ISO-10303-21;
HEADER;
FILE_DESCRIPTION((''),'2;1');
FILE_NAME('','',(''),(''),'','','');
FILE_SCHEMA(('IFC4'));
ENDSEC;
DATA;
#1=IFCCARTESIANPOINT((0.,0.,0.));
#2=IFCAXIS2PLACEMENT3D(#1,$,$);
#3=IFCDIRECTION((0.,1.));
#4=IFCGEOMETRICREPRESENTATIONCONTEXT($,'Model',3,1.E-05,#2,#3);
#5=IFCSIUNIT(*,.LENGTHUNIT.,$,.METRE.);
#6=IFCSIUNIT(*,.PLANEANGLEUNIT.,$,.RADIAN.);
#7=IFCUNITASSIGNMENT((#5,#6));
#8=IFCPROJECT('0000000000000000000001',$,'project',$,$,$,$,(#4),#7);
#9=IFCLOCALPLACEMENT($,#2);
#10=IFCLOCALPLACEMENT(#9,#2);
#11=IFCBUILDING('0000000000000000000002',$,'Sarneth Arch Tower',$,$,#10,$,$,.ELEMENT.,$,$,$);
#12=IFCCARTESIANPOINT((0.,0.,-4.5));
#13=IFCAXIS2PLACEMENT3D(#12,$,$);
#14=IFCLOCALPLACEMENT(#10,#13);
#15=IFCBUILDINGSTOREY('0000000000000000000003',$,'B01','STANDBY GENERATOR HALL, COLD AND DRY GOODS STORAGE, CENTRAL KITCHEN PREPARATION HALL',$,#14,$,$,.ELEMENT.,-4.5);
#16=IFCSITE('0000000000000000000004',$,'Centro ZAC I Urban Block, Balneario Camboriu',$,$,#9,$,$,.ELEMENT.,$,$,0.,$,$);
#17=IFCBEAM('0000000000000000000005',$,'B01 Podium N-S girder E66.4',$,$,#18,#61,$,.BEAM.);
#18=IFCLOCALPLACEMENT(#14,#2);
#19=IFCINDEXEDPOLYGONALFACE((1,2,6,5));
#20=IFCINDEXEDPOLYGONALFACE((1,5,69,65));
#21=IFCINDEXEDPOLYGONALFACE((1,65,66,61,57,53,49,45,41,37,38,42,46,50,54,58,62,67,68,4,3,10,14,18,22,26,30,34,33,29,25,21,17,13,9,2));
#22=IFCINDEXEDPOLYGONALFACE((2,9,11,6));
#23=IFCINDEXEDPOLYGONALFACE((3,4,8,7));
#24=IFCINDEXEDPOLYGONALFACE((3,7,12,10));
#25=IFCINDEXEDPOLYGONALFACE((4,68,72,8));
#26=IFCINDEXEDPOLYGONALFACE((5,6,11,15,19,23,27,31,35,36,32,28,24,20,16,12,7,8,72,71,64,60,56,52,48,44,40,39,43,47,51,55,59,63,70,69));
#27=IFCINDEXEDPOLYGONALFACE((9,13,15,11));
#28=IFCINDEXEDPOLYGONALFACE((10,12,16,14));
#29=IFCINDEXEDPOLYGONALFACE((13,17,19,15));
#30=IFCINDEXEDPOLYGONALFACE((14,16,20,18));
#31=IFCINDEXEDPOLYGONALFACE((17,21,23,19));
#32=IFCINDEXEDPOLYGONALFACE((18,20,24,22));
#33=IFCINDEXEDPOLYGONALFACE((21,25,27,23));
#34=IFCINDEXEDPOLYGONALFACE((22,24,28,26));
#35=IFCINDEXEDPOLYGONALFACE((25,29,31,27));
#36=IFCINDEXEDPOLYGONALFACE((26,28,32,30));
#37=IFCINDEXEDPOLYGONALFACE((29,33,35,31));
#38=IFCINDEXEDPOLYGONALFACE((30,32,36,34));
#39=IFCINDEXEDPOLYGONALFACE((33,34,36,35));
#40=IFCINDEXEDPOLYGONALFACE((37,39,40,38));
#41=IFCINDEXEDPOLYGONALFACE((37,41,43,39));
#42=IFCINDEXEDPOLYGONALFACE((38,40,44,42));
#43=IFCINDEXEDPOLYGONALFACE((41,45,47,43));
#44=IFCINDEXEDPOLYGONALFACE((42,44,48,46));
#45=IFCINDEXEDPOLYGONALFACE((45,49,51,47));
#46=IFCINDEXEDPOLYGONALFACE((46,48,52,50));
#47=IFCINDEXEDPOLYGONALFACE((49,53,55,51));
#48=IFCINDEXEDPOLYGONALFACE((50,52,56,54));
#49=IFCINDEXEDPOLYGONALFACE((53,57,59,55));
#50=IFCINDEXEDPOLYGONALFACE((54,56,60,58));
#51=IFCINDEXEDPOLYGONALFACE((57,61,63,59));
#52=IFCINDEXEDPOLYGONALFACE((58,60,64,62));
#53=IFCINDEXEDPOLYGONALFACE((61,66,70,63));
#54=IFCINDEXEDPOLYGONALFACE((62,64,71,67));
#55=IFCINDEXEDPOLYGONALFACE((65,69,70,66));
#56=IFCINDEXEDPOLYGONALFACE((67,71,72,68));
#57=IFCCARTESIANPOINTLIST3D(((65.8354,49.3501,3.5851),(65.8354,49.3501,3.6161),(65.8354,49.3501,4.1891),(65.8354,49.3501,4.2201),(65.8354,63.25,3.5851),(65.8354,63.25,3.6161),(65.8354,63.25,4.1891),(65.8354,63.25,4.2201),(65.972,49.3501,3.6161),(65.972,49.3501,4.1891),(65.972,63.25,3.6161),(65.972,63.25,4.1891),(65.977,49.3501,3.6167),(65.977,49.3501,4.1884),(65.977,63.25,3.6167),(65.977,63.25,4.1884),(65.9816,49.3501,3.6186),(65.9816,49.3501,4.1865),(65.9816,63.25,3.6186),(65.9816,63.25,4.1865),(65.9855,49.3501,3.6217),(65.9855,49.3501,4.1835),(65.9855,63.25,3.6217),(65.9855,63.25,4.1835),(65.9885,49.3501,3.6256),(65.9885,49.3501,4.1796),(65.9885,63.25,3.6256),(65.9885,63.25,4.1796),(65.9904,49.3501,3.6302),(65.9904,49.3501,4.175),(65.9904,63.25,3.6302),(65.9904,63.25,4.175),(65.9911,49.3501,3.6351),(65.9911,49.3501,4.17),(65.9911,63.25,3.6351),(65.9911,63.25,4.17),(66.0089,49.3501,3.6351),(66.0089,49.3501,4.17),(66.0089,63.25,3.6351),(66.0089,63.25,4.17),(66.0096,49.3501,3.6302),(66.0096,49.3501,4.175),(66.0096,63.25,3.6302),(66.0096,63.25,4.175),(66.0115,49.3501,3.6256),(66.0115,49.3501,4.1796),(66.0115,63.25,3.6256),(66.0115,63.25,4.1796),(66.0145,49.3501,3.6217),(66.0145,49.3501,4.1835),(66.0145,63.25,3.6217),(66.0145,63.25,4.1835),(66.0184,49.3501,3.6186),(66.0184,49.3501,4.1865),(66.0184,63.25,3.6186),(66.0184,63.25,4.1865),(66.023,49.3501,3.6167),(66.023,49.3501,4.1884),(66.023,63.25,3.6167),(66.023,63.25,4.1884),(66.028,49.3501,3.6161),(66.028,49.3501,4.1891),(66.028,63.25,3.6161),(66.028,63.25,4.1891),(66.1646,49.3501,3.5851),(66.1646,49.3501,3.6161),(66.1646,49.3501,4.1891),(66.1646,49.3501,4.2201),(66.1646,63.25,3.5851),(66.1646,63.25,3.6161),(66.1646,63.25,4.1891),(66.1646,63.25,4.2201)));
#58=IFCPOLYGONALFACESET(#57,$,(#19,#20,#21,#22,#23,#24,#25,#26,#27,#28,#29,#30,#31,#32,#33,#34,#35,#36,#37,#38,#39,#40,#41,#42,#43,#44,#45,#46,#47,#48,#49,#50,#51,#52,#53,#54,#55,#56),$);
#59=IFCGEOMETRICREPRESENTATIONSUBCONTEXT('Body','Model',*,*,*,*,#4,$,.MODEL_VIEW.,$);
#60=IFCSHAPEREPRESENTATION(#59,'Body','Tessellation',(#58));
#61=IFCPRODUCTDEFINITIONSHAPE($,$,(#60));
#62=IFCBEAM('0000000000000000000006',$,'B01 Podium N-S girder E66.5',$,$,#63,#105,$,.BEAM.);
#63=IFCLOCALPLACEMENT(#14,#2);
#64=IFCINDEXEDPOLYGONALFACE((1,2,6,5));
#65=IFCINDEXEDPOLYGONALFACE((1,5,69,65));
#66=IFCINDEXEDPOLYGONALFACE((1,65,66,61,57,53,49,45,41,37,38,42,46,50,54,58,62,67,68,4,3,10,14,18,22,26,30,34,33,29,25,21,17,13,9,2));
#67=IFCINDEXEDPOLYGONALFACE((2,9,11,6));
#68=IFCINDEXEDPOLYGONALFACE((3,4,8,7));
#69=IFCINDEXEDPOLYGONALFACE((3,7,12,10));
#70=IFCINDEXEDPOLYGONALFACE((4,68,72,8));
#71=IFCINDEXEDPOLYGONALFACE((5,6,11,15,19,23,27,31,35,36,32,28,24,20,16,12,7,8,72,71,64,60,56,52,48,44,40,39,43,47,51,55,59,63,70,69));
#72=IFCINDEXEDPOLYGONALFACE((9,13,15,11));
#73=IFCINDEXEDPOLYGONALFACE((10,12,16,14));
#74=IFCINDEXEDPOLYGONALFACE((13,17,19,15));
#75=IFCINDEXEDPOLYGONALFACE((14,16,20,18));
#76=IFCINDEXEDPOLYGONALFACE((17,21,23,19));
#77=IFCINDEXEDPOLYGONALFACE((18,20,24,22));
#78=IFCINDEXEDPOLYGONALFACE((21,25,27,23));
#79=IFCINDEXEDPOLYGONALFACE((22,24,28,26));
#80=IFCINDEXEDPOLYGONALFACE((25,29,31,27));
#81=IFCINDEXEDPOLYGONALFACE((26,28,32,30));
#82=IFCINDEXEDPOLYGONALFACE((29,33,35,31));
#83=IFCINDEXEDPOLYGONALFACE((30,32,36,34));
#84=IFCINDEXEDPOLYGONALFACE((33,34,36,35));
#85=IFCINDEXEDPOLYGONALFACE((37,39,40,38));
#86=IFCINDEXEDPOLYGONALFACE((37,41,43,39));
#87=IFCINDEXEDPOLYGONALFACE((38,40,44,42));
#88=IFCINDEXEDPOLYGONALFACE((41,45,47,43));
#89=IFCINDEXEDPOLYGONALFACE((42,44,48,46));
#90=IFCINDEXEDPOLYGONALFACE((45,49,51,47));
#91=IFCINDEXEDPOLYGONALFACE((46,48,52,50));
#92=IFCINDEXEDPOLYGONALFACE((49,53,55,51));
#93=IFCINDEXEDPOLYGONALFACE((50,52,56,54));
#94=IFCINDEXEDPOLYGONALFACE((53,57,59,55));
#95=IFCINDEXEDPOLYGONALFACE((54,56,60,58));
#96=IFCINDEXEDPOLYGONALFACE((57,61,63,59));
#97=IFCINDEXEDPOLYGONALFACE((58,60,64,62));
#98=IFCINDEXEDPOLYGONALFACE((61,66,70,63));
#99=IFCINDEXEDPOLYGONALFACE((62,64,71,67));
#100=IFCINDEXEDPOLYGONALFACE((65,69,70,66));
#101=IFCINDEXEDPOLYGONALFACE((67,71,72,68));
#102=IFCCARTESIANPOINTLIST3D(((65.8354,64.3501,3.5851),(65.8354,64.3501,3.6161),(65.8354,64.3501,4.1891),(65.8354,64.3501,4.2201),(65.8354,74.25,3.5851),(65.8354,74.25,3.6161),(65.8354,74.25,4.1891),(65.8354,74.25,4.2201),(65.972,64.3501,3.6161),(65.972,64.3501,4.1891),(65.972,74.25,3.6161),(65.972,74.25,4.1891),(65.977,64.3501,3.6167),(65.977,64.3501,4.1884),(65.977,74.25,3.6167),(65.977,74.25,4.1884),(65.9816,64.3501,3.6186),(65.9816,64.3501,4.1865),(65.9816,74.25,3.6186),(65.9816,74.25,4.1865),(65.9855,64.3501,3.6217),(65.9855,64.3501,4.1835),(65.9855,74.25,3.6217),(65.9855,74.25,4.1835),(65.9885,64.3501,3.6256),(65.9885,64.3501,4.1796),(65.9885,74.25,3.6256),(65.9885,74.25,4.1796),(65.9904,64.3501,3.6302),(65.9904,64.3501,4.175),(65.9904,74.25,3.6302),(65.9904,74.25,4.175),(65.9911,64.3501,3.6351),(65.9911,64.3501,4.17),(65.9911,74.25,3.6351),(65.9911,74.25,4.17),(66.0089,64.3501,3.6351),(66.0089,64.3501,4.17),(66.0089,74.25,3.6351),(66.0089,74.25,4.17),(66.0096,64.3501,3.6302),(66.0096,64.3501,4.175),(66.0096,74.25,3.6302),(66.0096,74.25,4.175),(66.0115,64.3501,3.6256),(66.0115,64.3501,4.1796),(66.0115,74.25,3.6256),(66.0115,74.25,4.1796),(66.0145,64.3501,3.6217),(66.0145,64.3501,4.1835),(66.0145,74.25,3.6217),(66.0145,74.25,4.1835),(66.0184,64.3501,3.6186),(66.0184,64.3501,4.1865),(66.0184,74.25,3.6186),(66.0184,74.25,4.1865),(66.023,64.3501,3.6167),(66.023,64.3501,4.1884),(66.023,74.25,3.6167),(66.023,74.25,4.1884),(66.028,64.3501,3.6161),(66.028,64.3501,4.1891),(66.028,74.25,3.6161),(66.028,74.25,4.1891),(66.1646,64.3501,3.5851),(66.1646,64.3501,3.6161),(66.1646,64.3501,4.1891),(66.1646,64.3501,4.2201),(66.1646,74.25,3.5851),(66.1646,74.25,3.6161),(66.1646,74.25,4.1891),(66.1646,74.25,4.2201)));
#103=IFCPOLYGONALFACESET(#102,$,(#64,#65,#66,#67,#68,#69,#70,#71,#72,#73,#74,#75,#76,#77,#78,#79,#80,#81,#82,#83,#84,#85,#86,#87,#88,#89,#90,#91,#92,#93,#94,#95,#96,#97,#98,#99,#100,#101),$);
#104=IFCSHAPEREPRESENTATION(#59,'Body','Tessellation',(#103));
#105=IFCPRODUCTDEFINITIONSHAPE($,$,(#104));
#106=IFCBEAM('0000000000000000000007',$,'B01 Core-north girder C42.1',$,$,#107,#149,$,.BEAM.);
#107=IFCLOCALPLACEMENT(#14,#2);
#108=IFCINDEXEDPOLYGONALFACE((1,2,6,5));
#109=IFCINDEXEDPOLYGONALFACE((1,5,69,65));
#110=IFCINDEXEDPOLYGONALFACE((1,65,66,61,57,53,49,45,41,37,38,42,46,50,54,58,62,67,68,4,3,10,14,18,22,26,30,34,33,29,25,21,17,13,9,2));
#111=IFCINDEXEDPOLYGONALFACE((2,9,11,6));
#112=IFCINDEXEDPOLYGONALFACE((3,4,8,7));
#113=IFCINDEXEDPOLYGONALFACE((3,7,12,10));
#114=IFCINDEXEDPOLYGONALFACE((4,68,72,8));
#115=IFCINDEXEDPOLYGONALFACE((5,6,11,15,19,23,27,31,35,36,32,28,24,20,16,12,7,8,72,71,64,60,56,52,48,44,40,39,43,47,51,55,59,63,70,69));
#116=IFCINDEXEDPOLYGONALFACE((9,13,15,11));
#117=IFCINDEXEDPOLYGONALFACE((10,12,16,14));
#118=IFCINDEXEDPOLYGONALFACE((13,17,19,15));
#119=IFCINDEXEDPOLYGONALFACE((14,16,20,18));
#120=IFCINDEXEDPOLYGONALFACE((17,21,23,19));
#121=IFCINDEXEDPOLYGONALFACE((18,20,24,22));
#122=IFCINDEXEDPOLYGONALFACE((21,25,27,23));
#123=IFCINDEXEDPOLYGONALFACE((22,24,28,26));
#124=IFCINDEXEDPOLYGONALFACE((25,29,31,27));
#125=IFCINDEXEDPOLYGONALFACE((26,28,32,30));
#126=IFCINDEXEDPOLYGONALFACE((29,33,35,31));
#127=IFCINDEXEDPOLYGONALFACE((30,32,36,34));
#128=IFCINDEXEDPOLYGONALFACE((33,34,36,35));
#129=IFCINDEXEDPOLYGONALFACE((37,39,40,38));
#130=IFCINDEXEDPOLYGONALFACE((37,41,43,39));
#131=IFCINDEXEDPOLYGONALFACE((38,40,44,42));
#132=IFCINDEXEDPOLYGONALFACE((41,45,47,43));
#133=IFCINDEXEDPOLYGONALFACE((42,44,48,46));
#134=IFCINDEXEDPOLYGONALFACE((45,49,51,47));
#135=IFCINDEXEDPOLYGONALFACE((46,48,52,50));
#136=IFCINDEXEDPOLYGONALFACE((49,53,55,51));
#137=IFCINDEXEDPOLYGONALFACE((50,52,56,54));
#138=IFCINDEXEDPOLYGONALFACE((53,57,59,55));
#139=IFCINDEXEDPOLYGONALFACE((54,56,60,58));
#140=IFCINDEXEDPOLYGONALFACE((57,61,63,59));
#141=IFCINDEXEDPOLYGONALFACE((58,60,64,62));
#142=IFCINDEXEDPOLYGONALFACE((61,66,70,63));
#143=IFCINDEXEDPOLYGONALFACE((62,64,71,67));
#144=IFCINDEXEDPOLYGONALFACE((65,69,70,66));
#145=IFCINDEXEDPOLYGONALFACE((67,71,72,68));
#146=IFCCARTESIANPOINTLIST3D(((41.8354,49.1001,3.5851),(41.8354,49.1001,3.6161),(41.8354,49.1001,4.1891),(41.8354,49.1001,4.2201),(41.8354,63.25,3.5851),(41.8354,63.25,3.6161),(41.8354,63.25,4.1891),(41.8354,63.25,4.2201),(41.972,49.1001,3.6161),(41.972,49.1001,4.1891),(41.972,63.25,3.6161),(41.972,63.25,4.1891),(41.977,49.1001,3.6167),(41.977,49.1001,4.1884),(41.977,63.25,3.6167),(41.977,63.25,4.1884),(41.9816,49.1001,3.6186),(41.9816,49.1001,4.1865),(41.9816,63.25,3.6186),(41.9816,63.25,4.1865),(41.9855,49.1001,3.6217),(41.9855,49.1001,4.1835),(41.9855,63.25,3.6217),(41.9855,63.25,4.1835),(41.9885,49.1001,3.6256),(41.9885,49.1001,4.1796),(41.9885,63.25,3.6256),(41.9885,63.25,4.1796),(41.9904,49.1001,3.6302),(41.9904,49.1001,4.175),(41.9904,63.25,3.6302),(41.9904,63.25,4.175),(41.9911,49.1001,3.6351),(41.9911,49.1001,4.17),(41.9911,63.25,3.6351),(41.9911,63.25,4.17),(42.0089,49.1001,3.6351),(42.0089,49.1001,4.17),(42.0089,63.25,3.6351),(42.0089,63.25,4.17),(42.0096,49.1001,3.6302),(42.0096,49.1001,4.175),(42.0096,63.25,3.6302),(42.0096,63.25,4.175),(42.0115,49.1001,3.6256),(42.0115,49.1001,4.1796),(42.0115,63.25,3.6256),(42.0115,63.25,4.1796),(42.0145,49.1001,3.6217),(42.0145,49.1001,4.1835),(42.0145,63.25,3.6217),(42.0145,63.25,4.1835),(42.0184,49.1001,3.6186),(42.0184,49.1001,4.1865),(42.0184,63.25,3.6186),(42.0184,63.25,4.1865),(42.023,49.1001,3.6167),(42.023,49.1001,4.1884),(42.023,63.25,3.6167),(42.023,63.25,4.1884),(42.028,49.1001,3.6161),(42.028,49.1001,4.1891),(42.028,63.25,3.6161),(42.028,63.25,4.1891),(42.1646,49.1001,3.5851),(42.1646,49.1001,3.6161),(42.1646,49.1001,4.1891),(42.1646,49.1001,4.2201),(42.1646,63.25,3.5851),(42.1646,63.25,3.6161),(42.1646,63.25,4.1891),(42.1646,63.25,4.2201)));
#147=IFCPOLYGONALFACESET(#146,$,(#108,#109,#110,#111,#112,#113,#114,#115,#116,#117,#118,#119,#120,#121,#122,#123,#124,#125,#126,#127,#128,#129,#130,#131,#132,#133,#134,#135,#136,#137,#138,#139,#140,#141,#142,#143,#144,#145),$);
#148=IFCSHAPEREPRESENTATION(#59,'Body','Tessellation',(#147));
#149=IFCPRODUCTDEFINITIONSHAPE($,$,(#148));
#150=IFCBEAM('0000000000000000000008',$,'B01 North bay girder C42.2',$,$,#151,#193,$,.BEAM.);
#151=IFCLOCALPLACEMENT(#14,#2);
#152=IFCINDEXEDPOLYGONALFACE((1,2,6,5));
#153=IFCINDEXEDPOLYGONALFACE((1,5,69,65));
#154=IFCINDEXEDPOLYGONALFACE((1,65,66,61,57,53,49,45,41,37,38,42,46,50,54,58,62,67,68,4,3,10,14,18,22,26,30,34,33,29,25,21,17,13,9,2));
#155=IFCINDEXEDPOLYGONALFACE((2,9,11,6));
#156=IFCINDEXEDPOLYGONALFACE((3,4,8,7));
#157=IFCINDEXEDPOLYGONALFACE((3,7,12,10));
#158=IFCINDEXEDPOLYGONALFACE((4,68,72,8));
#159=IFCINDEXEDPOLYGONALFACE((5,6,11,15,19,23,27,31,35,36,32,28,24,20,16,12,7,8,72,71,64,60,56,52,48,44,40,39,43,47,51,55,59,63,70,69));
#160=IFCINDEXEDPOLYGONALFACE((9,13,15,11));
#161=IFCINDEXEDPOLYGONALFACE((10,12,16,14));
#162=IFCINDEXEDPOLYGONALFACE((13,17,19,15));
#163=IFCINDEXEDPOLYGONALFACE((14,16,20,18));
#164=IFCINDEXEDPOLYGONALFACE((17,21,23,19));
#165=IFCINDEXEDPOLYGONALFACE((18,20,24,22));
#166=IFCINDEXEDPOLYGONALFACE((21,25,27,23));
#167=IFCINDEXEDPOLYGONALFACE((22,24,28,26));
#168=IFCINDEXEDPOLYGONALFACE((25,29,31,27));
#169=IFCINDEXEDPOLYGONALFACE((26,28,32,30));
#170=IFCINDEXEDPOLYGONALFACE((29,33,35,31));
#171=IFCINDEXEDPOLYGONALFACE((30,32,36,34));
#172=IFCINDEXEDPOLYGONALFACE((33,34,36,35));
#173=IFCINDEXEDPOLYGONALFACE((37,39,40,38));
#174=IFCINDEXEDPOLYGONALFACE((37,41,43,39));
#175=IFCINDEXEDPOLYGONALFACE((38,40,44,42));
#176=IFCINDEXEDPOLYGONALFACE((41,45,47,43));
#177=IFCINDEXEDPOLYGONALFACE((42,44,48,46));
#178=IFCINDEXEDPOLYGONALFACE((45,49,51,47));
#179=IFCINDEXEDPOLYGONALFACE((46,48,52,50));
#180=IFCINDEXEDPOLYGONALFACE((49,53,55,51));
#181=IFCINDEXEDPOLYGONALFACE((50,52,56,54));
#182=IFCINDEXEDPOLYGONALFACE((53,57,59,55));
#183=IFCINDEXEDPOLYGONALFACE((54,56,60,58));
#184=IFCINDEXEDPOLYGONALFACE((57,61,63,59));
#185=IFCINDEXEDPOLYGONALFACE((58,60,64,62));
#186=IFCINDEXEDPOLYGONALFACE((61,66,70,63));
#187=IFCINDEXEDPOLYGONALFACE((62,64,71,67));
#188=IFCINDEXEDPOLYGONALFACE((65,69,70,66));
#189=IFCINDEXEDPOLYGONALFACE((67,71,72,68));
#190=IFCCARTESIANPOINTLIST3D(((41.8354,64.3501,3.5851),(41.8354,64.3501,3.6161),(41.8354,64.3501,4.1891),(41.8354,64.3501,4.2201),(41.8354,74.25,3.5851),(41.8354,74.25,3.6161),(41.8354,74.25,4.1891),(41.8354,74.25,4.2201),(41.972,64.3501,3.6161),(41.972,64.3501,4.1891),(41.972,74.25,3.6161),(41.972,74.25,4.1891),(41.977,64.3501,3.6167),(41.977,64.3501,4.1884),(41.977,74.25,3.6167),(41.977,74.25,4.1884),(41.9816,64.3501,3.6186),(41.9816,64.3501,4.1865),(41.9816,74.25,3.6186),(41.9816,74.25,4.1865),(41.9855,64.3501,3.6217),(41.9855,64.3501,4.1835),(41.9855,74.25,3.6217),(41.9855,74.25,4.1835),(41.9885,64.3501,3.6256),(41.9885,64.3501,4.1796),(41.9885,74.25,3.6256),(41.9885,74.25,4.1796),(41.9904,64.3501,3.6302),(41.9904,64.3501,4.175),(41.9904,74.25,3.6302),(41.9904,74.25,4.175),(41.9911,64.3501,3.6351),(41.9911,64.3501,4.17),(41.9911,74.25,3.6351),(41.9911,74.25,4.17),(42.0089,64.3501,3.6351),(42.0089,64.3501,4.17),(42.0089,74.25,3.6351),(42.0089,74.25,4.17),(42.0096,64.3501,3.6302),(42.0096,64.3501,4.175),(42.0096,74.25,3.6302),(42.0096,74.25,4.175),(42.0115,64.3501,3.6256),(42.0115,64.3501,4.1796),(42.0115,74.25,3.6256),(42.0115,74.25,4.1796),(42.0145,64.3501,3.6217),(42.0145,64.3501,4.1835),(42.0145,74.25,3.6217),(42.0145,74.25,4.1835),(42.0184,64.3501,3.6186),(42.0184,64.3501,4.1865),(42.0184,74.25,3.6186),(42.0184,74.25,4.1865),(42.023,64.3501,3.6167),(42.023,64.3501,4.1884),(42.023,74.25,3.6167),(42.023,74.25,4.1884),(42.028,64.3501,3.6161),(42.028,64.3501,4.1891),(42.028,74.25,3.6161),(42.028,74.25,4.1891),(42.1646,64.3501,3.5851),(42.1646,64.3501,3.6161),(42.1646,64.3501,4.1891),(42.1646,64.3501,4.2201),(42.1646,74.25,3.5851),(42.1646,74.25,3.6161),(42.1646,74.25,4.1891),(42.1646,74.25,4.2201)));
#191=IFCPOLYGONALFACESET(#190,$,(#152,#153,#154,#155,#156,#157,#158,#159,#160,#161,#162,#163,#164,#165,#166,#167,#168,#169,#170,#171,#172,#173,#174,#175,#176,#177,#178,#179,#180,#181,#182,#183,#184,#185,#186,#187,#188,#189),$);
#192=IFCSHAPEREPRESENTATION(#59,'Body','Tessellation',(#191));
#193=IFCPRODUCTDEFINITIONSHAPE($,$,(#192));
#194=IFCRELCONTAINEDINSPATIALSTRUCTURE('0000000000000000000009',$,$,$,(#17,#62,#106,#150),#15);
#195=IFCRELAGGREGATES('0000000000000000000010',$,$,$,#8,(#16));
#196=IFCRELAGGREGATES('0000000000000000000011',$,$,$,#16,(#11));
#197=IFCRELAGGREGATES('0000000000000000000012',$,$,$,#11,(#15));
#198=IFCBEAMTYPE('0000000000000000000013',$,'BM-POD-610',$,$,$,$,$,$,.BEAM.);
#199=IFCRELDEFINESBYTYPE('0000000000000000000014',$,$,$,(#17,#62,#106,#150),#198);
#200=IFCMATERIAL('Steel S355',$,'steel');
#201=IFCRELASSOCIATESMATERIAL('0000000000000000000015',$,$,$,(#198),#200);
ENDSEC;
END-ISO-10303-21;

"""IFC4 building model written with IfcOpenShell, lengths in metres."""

from ifc_helpers import new_model, si_unit, direction, frame, origin, origin_2d, place, context, subcontext, project, spatial, i_section, extrude, material, material_profile, profile_set, type_object, element, save


model = new_model("IFC4")

# Units and contexts
model_context = context("Model", 3, precision=1e-05, world=origin(), true_north=direction((0.0, 1.0)))
body_context = subcontext(model_context, "Body", "Model", "MODEL_VIEW")
ifc_project = project(units=[si_unit("LENGTHUNIT", "METRE"), si_unit("PLANEANGLEUNIT", "RADIAN")], contexts=[model_context])

# Site, building, storey
site_placement = place(None, origin())
site = spatial("IfcSite", under=ifc_project, at=site_placement, Name="Centro ZAC I Urban Block, Balneario Camboriu", CompositionType="ELEMENT", RefElevation=0.0)
building_placement = place(site_placement, origin())
building = spatial("IfcBuilding", under=site, at=building_placement, Name="Sarneth Arch Tower", CompositionType="ELEMENT")
storey_placement = place(building_placement, frame((0.0, 0.0, -4.5)))
storey = spatial("IfcBuildingStorey", under=building, at=storey_placement, Name="B01", Description="STANDBY GENERATOR HALL, COLD AND DRY GOODS STORAGE, CENTRAL KITCHEN PREPARATION HALL", CompositionType="ELEMENT", Elevation=-4.5)

# Beams
ifc_material_1 = material(Name="Steel S355", Category="steel")
ifc_material_profile_1 = material_profile(ifc_material_1, i_section(OverallWidth=0.3291, OverallDepth=0.635, WebThickness=0.0178, FlangeThickness=0.031, FilletRadius=0.019, at=origin_2d()), Name="W610x241")
ifc_profile_set_1 = profile_set([ifc_material_profile_1], Name="Steel S355")
beam_type = type_object("IfcBeamType", Name="BM-POD-610", PredefinedType="BEAM", material=ifc_profile_set_1)
beam_1_placement = place(storey_placement, frame((66.0, 49.3501, 3.9026), z_axis=(0.0, 1.0, 0.0), x_axis=(-1.0, 0.0, 0.0)))
element("IfcBeam", 1, at=beam_1_placement, inside=storey, type_object=beam_type, Name="B01 Podium N-S girder E66.4", PredefinedType="BEAM", context=body_context, shape_type="SweptSolid", body=[
    extrude(i_section(OverallWidth=0.3291, OverallDepth=0.635, WebThickness=0.0178, FlangeThickness=0.031, FilletRadius=0.019, at=origin_2d()), origin(), (0.0, 0.0, 1.0), 13.8999),
])
beam_2_placement = place(storey_placement, frame((66.0, 64.3501, 3.9026), z_axis=(0.0, 1.0, 0.0), x_axis=(-1.0, 0.0, 0.0)))
element("IfcBeam", 2, at=beam_2_placement, inside=storey, type_object=beam_type, Name="B01 Podium N-S girder E66.5", PredefinedType="BEAM", context=body_context, shape_type="SweptSolid", body=[
    extrude(i_section(OverallWidth=0.3291, OverallDepth=0.635, WebThickness=0.0178, FlangeThickness=0.031, FilletRadius=0.019, at=origin_2d()), origin(), (0.0, 0.0, 1.0), 9.8999),
])
beam_3_placement = place(storey_placement, frame((42.0, 49.1001, 3.9026), z_axis=(0.0, 1.0, 0.0), x_axis=(-1.0, 0.0, 0.0)))
element("IfcBeam", 3, at=beam_3_placement, inside=storey, type_object=beam_type, Name="B01 Core-north girder C42.1", PredefinedType="BEAM", context=body_context, shape_type="SweptSolid", body=[
    extrude(i_section(OverallWidth=0.3291, OverallDepth=0.635, WebThickness=0.0178, FlangeThickness=0.031, FilletRadius=0.019, at=origin_2d()), origin(), (0.0, 0.0, 1.0), 14.1499),
])
beam_4_placement = place(storey_placement, frame((42.0, 64.3501, 3.9026), z_axis=(0.0, 1.0, 0.0), x_axis=(-1.0, 0.0, 0.0)))
element("IfcBeam", 4, at=beam_4_placement, inside=storey, type_object=beam_type, Name="B01 North bay girder C42.2", PredefinedType="BEAM", context=body_context, shape_type="SweptSolid", body=[
    extrude(i_section(OverallWidth=0.3291, OverallDepth=0.635, WebThickness=0.0178, FlangeThickness=0.031, FilletRadius=0.019, at=origin_2d()), origin(), (0.0, 0.0, 1.0), 9.8999),
])

save(model, "model.ifc")
